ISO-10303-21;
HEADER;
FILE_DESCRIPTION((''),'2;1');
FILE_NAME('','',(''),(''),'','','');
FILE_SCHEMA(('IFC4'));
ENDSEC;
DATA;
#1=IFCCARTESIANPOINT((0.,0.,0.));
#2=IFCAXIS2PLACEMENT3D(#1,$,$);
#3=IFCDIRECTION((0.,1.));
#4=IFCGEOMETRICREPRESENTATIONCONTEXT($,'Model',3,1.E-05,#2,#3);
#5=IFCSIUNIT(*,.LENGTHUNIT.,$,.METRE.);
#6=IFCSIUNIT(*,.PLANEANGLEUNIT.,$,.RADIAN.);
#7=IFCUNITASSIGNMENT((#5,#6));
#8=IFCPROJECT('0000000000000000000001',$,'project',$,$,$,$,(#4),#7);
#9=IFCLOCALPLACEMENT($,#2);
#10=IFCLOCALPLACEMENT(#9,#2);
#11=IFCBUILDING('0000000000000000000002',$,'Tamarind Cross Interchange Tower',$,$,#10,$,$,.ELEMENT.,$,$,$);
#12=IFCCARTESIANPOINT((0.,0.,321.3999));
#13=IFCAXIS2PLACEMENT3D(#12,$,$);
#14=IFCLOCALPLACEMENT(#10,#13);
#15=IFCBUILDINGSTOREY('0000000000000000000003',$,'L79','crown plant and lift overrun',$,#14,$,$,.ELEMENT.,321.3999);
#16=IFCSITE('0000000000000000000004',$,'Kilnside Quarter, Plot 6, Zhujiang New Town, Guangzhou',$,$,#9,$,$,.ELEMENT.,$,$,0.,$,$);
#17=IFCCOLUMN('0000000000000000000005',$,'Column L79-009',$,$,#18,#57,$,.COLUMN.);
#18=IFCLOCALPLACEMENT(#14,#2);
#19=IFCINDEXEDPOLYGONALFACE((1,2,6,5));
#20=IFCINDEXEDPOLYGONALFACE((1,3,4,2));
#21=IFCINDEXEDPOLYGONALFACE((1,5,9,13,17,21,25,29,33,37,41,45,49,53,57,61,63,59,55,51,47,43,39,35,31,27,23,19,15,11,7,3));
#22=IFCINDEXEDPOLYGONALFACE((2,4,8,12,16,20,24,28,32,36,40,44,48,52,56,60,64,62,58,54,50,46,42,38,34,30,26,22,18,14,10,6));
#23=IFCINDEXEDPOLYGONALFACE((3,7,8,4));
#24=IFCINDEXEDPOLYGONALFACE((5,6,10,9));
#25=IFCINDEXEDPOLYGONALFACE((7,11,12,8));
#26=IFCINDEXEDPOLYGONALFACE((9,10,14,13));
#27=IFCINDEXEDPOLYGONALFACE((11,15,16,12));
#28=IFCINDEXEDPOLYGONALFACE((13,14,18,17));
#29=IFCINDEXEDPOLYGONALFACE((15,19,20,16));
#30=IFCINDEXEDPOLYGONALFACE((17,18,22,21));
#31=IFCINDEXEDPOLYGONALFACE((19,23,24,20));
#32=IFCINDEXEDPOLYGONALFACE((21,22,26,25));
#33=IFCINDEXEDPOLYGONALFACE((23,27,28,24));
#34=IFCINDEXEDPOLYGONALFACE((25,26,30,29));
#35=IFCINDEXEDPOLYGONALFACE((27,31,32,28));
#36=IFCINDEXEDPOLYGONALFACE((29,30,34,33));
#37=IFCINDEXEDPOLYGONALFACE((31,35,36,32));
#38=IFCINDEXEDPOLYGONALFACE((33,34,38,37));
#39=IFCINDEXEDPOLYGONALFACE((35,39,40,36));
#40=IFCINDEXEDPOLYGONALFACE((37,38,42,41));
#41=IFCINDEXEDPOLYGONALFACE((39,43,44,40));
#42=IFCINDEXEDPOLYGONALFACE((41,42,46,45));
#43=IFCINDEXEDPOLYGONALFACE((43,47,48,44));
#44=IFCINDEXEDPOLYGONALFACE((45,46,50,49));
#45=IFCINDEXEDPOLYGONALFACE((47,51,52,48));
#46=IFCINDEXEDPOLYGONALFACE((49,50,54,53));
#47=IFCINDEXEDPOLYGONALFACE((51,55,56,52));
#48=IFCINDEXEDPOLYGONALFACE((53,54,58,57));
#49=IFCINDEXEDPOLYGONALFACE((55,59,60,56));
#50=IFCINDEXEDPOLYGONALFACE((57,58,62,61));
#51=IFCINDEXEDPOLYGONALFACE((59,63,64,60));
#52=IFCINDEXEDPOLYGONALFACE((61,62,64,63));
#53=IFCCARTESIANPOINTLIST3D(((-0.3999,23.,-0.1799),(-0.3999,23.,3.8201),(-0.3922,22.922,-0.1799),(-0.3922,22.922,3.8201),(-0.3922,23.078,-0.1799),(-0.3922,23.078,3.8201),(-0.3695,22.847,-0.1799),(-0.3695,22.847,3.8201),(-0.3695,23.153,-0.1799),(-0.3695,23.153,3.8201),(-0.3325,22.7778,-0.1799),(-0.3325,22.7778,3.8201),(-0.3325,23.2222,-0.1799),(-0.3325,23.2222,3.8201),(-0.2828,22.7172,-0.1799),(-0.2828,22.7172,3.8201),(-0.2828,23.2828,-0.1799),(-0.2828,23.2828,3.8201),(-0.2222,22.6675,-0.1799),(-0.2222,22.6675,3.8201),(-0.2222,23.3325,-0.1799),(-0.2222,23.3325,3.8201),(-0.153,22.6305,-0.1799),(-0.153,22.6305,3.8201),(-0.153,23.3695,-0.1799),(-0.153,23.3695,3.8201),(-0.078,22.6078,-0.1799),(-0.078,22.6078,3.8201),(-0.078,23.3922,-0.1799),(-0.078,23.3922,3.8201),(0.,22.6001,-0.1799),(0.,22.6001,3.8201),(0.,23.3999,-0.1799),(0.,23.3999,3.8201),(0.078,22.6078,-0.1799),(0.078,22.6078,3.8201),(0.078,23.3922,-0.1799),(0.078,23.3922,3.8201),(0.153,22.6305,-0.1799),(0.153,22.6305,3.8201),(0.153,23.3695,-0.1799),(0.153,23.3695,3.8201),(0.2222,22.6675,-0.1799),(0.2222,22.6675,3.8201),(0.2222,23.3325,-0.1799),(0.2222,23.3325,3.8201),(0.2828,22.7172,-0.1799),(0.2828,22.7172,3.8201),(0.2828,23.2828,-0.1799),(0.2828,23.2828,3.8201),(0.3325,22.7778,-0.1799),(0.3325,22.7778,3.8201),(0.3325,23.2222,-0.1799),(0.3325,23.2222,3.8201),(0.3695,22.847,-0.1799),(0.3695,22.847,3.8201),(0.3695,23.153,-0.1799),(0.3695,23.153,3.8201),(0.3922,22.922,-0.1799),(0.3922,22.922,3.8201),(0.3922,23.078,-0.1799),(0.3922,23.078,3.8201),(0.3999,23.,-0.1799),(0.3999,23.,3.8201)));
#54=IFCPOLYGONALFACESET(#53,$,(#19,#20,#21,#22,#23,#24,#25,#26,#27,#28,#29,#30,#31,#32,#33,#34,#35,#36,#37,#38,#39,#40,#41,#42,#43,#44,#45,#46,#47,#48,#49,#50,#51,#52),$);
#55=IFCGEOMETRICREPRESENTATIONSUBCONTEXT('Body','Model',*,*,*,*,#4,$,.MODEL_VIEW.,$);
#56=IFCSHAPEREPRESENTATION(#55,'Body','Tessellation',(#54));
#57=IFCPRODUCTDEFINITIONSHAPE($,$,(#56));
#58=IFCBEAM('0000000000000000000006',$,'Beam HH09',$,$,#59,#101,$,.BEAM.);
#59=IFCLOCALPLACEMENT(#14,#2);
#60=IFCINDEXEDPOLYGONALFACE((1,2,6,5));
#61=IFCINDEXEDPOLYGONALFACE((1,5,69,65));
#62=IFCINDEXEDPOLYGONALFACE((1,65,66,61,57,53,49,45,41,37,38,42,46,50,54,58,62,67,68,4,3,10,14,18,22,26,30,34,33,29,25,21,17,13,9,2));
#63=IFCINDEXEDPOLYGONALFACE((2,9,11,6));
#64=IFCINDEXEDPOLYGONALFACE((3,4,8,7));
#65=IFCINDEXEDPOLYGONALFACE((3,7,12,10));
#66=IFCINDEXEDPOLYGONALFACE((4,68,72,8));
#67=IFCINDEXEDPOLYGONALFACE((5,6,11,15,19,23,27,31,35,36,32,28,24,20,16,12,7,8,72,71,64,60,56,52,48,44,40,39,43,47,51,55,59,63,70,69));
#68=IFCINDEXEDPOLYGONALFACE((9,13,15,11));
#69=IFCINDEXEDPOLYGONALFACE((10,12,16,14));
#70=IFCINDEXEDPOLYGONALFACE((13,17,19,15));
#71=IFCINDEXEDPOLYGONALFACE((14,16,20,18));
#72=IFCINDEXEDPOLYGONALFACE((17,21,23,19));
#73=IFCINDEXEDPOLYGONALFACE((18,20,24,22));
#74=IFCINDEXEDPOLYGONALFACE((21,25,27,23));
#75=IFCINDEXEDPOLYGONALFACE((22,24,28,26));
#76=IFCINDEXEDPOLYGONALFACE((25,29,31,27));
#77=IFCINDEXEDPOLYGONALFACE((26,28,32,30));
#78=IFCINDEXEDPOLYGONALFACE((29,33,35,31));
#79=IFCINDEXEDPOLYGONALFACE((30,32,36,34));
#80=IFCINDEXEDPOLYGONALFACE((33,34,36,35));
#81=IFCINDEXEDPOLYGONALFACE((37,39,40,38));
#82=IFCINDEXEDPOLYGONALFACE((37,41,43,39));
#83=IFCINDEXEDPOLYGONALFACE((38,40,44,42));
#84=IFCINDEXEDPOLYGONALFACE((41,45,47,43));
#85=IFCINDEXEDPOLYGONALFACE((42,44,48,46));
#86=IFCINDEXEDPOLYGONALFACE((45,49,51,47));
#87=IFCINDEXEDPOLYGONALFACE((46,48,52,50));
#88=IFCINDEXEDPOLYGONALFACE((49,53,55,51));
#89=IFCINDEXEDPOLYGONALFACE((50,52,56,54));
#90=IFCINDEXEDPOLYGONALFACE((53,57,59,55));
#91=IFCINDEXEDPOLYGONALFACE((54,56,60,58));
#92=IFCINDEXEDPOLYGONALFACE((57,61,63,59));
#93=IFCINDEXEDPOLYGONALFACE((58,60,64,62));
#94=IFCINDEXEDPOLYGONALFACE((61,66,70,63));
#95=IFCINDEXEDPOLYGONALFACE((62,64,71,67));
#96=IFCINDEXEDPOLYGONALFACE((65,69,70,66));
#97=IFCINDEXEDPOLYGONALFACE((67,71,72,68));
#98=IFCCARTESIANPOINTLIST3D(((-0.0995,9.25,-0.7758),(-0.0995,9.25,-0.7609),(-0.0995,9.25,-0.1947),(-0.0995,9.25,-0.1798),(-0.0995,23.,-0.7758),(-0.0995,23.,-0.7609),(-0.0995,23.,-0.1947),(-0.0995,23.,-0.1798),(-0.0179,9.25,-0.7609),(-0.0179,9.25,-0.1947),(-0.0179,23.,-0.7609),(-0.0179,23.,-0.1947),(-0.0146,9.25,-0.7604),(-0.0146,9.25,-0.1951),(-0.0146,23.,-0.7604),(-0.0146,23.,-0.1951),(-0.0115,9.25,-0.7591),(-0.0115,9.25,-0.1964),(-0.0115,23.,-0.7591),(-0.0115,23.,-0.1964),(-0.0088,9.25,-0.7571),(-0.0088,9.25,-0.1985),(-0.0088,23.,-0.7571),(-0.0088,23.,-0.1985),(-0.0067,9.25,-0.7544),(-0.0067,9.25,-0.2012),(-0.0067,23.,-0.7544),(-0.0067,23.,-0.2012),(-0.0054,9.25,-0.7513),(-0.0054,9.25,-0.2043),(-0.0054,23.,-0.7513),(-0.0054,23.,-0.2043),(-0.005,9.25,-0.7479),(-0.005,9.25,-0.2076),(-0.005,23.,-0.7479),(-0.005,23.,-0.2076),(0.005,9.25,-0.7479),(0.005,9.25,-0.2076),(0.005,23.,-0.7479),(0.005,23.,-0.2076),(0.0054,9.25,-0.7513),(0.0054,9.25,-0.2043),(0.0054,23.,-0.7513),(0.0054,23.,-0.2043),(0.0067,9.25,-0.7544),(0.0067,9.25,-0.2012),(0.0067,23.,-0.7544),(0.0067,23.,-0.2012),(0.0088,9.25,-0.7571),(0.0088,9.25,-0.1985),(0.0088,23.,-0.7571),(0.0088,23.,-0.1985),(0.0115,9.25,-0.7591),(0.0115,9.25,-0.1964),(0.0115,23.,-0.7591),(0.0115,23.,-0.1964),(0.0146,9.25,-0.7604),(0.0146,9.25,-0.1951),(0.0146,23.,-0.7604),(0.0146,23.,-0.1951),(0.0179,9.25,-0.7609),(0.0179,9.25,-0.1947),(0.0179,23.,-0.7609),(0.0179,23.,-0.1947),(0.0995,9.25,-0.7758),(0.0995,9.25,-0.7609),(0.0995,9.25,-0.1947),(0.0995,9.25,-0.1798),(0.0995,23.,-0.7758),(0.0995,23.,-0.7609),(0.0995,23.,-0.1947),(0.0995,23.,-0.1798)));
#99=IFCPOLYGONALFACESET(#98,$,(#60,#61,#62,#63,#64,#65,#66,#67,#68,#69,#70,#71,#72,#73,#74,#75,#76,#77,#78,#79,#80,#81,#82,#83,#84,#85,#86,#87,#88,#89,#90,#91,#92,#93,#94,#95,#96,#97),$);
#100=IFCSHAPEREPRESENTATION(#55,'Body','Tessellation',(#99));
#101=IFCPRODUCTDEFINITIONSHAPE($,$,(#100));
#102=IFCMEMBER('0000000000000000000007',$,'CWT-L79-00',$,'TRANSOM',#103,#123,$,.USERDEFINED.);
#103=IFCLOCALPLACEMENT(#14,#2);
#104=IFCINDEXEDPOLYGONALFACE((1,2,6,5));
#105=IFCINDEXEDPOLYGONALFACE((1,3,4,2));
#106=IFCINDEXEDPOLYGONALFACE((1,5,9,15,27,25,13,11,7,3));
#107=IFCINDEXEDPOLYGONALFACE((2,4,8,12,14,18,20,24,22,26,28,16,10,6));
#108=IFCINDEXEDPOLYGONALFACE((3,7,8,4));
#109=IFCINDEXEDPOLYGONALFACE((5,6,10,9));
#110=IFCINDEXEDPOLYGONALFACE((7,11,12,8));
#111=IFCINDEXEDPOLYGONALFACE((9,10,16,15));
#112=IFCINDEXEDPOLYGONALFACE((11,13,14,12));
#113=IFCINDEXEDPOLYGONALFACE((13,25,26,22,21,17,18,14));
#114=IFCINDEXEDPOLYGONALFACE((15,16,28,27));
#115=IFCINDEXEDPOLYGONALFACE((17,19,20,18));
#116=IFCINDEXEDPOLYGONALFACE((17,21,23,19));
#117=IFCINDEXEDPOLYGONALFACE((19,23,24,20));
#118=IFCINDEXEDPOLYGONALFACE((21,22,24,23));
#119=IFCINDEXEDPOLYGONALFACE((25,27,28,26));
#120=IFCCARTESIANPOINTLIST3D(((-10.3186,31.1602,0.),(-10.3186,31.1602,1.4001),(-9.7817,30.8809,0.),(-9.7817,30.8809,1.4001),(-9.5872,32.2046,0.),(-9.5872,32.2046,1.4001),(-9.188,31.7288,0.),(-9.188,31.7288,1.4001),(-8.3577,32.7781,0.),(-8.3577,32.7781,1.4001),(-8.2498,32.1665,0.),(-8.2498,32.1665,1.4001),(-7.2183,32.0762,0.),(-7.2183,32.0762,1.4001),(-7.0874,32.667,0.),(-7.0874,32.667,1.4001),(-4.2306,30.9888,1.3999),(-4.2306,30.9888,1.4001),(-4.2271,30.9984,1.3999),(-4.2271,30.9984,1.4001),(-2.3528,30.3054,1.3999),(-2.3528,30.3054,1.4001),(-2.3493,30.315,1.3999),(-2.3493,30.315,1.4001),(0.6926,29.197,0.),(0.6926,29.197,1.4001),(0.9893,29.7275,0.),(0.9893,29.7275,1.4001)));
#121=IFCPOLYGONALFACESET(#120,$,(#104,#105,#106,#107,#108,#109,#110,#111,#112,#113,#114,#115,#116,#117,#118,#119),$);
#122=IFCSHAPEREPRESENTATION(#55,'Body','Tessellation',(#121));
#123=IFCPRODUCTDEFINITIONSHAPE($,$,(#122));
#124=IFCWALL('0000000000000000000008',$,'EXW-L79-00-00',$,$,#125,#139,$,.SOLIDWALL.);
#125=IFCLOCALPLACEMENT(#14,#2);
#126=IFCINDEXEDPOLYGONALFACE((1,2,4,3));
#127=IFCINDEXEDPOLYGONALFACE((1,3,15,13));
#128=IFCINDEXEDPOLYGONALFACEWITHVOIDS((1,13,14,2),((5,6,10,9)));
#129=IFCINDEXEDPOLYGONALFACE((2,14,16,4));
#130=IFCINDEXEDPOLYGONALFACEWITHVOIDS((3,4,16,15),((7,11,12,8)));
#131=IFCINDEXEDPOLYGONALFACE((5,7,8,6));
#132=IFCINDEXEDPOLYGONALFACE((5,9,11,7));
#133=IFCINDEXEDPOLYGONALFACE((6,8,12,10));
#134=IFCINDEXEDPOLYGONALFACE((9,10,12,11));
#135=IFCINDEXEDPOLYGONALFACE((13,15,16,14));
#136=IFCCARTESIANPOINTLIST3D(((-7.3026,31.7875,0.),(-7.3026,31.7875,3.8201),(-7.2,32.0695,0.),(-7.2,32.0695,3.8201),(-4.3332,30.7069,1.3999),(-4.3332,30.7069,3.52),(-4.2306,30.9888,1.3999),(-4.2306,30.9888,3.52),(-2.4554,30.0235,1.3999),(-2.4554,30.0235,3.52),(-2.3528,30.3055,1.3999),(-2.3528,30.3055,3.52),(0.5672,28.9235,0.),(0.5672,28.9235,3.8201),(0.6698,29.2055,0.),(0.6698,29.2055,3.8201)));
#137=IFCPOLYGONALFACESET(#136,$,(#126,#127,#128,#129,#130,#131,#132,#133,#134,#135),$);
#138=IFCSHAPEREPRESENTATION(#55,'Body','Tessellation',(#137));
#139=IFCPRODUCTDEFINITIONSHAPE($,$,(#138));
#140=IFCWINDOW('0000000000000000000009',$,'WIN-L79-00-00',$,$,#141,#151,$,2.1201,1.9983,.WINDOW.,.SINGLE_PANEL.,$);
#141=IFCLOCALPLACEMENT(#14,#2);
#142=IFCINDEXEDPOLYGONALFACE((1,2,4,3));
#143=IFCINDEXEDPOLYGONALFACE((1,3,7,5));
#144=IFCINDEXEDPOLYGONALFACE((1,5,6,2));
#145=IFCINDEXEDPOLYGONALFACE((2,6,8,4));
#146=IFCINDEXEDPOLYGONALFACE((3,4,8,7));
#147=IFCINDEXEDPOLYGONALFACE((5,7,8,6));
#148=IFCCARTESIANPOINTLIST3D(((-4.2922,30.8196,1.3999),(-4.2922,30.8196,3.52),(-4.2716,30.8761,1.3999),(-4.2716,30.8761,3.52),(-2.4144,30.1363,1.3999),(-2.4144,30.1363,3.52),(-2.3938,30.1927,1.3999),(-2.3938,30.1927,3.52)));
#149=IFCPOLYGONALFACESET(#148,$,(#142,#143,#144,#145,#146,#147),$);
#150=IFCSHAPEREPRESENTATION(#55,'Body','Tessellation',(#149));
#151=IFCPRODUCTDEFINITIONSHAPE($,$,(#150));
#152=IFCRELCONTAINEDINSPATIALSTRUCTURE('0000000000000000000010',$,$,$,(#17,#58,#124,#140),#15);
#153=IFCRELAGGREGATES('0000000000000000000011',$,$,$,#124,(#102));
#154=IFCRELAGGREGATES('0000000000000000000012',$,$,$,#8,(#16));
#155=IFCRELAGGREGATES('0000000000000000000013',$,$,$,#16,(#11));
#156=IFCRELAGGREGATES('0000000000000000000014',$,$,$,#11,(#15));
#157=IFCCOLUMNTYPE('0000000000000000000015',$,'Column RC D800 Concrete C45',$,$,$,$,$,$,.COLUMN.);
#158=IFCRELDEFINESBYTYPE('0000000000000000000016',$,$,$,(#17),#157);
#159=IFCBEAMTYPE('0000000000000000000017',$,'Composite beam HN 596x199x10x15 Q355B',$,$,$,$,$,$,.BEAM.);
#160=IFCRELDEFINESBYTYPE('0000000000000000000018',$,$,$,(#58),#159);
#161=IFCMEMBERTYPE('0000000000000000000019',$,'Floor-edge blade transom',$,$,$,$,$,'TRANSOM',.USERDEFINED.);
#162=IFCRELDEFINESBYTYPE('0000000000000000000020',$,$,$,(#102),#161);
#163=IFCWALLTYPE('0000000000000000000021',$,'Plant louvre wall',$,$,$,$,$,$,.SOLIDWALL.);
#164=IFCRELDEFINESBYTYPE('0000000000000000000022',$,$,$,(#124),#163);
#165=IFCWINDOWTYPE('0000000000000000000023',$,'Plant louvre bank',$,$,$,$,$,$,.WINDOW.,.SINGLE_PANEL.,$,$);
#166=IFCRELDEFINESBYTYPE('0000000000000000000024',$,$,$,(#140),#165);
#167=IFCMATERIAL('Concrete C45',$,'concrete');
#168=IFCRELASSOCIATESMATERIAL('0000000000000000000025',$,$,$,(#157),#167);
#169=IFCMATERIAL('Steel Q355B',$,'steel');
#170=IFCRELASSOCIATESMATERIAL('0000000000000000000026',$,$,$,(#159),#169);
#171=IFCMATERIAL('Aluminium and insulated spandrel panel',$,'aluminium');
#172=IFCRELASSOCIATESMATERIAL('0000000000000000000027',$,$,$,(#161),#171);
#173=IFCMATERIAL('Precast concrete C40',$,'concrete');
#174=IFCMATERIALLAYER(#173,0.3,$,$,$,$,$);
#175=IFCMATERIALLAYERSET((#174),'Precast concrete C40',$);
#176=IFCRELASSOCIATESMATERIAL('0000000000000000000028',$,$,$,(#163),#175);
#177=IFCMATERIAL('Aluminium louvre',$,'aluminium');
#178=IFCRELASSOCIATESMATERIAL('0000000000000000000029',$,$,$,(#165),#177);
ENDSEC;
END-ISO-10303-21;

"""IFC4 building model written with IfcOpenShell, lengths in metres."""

from ifc_helpers import new_model, si_unit, direction, frame, frame_2d, origin, origin_2d, place, context, subcontext, project, spatial, polyline, rectangle, circle, i_section, outline, extrude, material, layer, layer_set, material_profile, profile_set, type_object, element, fill, aggregate, save


model = new_model("IFC4")

# Units and contexts
model_context = context("Model", 3, precision=1e-05, world=origin(), true_north=direction((0.0, 1.0)))
body_context = subcontext(model_context, "Body", "Model", "MODEL_VIEW")
ifc_project = project(units=[si_unit("LENGTHUNIT", "METRE"), si_unit("PLANEANGLEUNIT", "RADIAN")], contexts=[model_context])

# Site, building, storey
site_placement = place(None, origin())
site = spatial("IfcSite", under=ifc_project, at=site_placement, Name="Kilnside Quarter, Plot 6, Zhujiang New Town, Guangzhou", CompositionType="ELEMENT", RefElevation=0.0)
building_placement = place(site_placement, origin())
building = spatial("IfcBuilding", under=site, at=building_placement, Name="Tamarind Cross Interchange Tower", CompositionType="ELEMENT")
storey_placement = place(building_placement, frame((0.0, 0.0, 321.3999)))
storey = spatial("IfcBuildingStorey", under=building, at=storey_placement, Name="L79", Description="crown plant and lift overrun", CompositionType="ELEMENT", Elevation=321.3999)

# Column
ifc_material_1 = material(Name="Concrete C45", Category="concrete")
ifc_material_profile_1 = material_profile(ifc_material_1, circle(Radius=0.3999, at=origin_2d()), Name="RC D800")
ifc_profile_set_1 = profile_set([ifc_material_profile_1], Name="Concrete C45")
column_type = type_object("IfcColumnType", Name="Column RC D800 Concrete C45", PredefinedType="COLUMN", material=ifc_profile_set_1)
column_placement = place(storey_placement, frame((0.0, 23.0, -0.1799), z_axis=(0.0, 0.0, 1.0), x_axis=(1.0, 0.0, 0.0)))
element("IfcColumn", 1, at=column_placement, inside=storey, type_object=column_type, Name="Column L79-009", PredefinedType="COLUMN", context=body_context, shape_type="SweptSolid", body=[
    extrude(circle(Radius=0.3999, at=origin_2d()), origin(), (0.0, 0.0, 1.0), 4.0),
])

# Beam
ifc_material_2 = material(Name="Steel Q355B", Category="steel")
ifc_material_profile_2 = material_profile(ifc_material_2, i_section(OverallWidth=0.199, OverallDepth=0.5959, WebThickness=0.01, FlangeThickness=0.0149, FilletRadius=0.0129, at=origin_2d()), Name="HN 596x199x10x15")
ifc_profile_set_2 = profile_set([ifc_material_profile_2], Name="Steel Q355B")
beam_type = type_object("IfcBeamType", Name="Composite beam HN 596x199x10x15 Q355B", PredefinedType="BEAM", material=ifc_profile_set_2)
beam_placement = place(storey_placement, frame((0.0, 23.0, -0.4778), z_axis=(0.0, -1.0, 0.0), x_axis=(1.0, 0.0, 0.0)))
element("IfcBeam", 2, at=beam_placement, inside=storey, type_object=beam_type, Name="Beam HH09", PredefinedType="BEAM", context=body_context, shape_type="SweptSolid", body=[
    extrude(i_section(OverallWidth=0.199, OverallDepth=0.5959, WebThickness=0.01, FlangeThickness=0.0149, FilletRadius=0.0129, at=origin_2d()), origin(), (0.0, 0.0, 1.0), 13.75),
])

# Member
ifc_material_3 = material(Name="Aluminium and insulated spandrel panel", Category="aluminium")
member_type = type_object("IfcMemberType", Name="Floor-edge blade transom", ElementType="TRANSOM", PredefinedType="USERDEFINED", material=ifc_material_3)
member_placement = place(storey_placement, origin())
member = element("IfcMember", 3, at=member_placement, type_object=member_type, Name="CWT-L79-00", ObjectType="TRANSOM", PredefinedType="USERDEFINED", context=body_context, shape_type="SweptSolid", body=[
    extrude(outline(polyline([(0.6926, 29.197), (-7.2183, 32.0762), (-8.2498, 32.1665), (-9.188, 31.7288), (-9.7817, 30.8809), (-10.3186, 31.1602), (-9.5872, 32.2046), (-8.3577, 32.7781), (-7.0874, 32.667), (0.9893, 29.7275), (0.6926, 29.197)])), origin(), (0.0, 0.0, 1.0), 1.4001),
])

# Wall, opening, window
ifc_material_4 = material(Name="Precast concrete C40", Category="concrete")
ifc_layer_1 = layer(ifc_material_4, 0.3)
ifc_layer_set_1 = layer_set([ifc_layer_1], Name="Precast concrete C40")
wall_type_1 = type_object("IfcWallType", Name="Plant louvre wall", PredefinedType="SOLIDWALL", material=ifc_layer_set_1)
wall_1_placement = place(storey_placement, frame((0.6187, 29.0645, 0.0), z_axis=(0.0, 0.0, 1.0), x_axis=(-0.939707, 0.341979, 0.0)))
wall_1 = element("IfcWall", 4, at=wall_1_placement, inside=storey, type_object=wall_type_1, Name="EXW-L79-00-00", PredefinedType="SOLIDWALL", context=body_context, shape_type="SweptSolid", body=[
    extrude(rectangle(XDim=8.3748, YDim=0.3, at=frame_2d((4.1875, 0.0))), origin(), (0.0, 0.0, 1.0), 3.8201),
])
opening_1_placement = place(wall_1_placement, frame((3.2168, 0.0, 1.3999)))
opening_1 = element("IfcOpeningElement", 5, at=opening_1_placement, cuts=wall_1, PredefinedType="OPENING", context=body_context, shape_type="SweptSolid", body=[
    extrude(rectangle(XDim=1.9983, YDim=2.1201, at=frame_2d((0.999, 1.0601))), frame((0.0, 0.1599, 0.0), z_axis=(0.0, -1.0, 0.0), x_axis=(1.0, 0.0, 0.0)), (0.0, 0.0, 1.0), 0.3201),
])
ifc_material_5 = material(Name="Aluminium louvre", Category="aluminium")
window_type = type_object("IfcWindowType", Name="Plant louvre bank", PartitioningType="SINGLE_PANEL", PredefinedType="WINDOW", material=ifc_material_5)
window_placement = place(opening_1_placement, origin())
window = element("IfcWindow", 6, at=window_placement, inside=storey, type_object=window_type, Name="WIN-L79-00-00", OverallHeight=2.1201, OverallWidth=1.9983, PartitioningType="SINGLE_PANEL", PredefinedType="WINDOW", context=body_context, shape_type="SweptSolid", body=[
    extrude(rectangle(XDim=1.9983, YDim=2.1201, at=frame_2d((0.999, 1.0601))), frame((0.0, 0.03, 0.0), z_axis=(0.0, -1.0, 0.0), x_axis=(1.0, 0.0, 0.0)), (0.0, 0.0, 1.0), 0.0601),
])
fill(opening_1, window)
aggregate(wall_1, [member])

save(model, "model.ifc")
